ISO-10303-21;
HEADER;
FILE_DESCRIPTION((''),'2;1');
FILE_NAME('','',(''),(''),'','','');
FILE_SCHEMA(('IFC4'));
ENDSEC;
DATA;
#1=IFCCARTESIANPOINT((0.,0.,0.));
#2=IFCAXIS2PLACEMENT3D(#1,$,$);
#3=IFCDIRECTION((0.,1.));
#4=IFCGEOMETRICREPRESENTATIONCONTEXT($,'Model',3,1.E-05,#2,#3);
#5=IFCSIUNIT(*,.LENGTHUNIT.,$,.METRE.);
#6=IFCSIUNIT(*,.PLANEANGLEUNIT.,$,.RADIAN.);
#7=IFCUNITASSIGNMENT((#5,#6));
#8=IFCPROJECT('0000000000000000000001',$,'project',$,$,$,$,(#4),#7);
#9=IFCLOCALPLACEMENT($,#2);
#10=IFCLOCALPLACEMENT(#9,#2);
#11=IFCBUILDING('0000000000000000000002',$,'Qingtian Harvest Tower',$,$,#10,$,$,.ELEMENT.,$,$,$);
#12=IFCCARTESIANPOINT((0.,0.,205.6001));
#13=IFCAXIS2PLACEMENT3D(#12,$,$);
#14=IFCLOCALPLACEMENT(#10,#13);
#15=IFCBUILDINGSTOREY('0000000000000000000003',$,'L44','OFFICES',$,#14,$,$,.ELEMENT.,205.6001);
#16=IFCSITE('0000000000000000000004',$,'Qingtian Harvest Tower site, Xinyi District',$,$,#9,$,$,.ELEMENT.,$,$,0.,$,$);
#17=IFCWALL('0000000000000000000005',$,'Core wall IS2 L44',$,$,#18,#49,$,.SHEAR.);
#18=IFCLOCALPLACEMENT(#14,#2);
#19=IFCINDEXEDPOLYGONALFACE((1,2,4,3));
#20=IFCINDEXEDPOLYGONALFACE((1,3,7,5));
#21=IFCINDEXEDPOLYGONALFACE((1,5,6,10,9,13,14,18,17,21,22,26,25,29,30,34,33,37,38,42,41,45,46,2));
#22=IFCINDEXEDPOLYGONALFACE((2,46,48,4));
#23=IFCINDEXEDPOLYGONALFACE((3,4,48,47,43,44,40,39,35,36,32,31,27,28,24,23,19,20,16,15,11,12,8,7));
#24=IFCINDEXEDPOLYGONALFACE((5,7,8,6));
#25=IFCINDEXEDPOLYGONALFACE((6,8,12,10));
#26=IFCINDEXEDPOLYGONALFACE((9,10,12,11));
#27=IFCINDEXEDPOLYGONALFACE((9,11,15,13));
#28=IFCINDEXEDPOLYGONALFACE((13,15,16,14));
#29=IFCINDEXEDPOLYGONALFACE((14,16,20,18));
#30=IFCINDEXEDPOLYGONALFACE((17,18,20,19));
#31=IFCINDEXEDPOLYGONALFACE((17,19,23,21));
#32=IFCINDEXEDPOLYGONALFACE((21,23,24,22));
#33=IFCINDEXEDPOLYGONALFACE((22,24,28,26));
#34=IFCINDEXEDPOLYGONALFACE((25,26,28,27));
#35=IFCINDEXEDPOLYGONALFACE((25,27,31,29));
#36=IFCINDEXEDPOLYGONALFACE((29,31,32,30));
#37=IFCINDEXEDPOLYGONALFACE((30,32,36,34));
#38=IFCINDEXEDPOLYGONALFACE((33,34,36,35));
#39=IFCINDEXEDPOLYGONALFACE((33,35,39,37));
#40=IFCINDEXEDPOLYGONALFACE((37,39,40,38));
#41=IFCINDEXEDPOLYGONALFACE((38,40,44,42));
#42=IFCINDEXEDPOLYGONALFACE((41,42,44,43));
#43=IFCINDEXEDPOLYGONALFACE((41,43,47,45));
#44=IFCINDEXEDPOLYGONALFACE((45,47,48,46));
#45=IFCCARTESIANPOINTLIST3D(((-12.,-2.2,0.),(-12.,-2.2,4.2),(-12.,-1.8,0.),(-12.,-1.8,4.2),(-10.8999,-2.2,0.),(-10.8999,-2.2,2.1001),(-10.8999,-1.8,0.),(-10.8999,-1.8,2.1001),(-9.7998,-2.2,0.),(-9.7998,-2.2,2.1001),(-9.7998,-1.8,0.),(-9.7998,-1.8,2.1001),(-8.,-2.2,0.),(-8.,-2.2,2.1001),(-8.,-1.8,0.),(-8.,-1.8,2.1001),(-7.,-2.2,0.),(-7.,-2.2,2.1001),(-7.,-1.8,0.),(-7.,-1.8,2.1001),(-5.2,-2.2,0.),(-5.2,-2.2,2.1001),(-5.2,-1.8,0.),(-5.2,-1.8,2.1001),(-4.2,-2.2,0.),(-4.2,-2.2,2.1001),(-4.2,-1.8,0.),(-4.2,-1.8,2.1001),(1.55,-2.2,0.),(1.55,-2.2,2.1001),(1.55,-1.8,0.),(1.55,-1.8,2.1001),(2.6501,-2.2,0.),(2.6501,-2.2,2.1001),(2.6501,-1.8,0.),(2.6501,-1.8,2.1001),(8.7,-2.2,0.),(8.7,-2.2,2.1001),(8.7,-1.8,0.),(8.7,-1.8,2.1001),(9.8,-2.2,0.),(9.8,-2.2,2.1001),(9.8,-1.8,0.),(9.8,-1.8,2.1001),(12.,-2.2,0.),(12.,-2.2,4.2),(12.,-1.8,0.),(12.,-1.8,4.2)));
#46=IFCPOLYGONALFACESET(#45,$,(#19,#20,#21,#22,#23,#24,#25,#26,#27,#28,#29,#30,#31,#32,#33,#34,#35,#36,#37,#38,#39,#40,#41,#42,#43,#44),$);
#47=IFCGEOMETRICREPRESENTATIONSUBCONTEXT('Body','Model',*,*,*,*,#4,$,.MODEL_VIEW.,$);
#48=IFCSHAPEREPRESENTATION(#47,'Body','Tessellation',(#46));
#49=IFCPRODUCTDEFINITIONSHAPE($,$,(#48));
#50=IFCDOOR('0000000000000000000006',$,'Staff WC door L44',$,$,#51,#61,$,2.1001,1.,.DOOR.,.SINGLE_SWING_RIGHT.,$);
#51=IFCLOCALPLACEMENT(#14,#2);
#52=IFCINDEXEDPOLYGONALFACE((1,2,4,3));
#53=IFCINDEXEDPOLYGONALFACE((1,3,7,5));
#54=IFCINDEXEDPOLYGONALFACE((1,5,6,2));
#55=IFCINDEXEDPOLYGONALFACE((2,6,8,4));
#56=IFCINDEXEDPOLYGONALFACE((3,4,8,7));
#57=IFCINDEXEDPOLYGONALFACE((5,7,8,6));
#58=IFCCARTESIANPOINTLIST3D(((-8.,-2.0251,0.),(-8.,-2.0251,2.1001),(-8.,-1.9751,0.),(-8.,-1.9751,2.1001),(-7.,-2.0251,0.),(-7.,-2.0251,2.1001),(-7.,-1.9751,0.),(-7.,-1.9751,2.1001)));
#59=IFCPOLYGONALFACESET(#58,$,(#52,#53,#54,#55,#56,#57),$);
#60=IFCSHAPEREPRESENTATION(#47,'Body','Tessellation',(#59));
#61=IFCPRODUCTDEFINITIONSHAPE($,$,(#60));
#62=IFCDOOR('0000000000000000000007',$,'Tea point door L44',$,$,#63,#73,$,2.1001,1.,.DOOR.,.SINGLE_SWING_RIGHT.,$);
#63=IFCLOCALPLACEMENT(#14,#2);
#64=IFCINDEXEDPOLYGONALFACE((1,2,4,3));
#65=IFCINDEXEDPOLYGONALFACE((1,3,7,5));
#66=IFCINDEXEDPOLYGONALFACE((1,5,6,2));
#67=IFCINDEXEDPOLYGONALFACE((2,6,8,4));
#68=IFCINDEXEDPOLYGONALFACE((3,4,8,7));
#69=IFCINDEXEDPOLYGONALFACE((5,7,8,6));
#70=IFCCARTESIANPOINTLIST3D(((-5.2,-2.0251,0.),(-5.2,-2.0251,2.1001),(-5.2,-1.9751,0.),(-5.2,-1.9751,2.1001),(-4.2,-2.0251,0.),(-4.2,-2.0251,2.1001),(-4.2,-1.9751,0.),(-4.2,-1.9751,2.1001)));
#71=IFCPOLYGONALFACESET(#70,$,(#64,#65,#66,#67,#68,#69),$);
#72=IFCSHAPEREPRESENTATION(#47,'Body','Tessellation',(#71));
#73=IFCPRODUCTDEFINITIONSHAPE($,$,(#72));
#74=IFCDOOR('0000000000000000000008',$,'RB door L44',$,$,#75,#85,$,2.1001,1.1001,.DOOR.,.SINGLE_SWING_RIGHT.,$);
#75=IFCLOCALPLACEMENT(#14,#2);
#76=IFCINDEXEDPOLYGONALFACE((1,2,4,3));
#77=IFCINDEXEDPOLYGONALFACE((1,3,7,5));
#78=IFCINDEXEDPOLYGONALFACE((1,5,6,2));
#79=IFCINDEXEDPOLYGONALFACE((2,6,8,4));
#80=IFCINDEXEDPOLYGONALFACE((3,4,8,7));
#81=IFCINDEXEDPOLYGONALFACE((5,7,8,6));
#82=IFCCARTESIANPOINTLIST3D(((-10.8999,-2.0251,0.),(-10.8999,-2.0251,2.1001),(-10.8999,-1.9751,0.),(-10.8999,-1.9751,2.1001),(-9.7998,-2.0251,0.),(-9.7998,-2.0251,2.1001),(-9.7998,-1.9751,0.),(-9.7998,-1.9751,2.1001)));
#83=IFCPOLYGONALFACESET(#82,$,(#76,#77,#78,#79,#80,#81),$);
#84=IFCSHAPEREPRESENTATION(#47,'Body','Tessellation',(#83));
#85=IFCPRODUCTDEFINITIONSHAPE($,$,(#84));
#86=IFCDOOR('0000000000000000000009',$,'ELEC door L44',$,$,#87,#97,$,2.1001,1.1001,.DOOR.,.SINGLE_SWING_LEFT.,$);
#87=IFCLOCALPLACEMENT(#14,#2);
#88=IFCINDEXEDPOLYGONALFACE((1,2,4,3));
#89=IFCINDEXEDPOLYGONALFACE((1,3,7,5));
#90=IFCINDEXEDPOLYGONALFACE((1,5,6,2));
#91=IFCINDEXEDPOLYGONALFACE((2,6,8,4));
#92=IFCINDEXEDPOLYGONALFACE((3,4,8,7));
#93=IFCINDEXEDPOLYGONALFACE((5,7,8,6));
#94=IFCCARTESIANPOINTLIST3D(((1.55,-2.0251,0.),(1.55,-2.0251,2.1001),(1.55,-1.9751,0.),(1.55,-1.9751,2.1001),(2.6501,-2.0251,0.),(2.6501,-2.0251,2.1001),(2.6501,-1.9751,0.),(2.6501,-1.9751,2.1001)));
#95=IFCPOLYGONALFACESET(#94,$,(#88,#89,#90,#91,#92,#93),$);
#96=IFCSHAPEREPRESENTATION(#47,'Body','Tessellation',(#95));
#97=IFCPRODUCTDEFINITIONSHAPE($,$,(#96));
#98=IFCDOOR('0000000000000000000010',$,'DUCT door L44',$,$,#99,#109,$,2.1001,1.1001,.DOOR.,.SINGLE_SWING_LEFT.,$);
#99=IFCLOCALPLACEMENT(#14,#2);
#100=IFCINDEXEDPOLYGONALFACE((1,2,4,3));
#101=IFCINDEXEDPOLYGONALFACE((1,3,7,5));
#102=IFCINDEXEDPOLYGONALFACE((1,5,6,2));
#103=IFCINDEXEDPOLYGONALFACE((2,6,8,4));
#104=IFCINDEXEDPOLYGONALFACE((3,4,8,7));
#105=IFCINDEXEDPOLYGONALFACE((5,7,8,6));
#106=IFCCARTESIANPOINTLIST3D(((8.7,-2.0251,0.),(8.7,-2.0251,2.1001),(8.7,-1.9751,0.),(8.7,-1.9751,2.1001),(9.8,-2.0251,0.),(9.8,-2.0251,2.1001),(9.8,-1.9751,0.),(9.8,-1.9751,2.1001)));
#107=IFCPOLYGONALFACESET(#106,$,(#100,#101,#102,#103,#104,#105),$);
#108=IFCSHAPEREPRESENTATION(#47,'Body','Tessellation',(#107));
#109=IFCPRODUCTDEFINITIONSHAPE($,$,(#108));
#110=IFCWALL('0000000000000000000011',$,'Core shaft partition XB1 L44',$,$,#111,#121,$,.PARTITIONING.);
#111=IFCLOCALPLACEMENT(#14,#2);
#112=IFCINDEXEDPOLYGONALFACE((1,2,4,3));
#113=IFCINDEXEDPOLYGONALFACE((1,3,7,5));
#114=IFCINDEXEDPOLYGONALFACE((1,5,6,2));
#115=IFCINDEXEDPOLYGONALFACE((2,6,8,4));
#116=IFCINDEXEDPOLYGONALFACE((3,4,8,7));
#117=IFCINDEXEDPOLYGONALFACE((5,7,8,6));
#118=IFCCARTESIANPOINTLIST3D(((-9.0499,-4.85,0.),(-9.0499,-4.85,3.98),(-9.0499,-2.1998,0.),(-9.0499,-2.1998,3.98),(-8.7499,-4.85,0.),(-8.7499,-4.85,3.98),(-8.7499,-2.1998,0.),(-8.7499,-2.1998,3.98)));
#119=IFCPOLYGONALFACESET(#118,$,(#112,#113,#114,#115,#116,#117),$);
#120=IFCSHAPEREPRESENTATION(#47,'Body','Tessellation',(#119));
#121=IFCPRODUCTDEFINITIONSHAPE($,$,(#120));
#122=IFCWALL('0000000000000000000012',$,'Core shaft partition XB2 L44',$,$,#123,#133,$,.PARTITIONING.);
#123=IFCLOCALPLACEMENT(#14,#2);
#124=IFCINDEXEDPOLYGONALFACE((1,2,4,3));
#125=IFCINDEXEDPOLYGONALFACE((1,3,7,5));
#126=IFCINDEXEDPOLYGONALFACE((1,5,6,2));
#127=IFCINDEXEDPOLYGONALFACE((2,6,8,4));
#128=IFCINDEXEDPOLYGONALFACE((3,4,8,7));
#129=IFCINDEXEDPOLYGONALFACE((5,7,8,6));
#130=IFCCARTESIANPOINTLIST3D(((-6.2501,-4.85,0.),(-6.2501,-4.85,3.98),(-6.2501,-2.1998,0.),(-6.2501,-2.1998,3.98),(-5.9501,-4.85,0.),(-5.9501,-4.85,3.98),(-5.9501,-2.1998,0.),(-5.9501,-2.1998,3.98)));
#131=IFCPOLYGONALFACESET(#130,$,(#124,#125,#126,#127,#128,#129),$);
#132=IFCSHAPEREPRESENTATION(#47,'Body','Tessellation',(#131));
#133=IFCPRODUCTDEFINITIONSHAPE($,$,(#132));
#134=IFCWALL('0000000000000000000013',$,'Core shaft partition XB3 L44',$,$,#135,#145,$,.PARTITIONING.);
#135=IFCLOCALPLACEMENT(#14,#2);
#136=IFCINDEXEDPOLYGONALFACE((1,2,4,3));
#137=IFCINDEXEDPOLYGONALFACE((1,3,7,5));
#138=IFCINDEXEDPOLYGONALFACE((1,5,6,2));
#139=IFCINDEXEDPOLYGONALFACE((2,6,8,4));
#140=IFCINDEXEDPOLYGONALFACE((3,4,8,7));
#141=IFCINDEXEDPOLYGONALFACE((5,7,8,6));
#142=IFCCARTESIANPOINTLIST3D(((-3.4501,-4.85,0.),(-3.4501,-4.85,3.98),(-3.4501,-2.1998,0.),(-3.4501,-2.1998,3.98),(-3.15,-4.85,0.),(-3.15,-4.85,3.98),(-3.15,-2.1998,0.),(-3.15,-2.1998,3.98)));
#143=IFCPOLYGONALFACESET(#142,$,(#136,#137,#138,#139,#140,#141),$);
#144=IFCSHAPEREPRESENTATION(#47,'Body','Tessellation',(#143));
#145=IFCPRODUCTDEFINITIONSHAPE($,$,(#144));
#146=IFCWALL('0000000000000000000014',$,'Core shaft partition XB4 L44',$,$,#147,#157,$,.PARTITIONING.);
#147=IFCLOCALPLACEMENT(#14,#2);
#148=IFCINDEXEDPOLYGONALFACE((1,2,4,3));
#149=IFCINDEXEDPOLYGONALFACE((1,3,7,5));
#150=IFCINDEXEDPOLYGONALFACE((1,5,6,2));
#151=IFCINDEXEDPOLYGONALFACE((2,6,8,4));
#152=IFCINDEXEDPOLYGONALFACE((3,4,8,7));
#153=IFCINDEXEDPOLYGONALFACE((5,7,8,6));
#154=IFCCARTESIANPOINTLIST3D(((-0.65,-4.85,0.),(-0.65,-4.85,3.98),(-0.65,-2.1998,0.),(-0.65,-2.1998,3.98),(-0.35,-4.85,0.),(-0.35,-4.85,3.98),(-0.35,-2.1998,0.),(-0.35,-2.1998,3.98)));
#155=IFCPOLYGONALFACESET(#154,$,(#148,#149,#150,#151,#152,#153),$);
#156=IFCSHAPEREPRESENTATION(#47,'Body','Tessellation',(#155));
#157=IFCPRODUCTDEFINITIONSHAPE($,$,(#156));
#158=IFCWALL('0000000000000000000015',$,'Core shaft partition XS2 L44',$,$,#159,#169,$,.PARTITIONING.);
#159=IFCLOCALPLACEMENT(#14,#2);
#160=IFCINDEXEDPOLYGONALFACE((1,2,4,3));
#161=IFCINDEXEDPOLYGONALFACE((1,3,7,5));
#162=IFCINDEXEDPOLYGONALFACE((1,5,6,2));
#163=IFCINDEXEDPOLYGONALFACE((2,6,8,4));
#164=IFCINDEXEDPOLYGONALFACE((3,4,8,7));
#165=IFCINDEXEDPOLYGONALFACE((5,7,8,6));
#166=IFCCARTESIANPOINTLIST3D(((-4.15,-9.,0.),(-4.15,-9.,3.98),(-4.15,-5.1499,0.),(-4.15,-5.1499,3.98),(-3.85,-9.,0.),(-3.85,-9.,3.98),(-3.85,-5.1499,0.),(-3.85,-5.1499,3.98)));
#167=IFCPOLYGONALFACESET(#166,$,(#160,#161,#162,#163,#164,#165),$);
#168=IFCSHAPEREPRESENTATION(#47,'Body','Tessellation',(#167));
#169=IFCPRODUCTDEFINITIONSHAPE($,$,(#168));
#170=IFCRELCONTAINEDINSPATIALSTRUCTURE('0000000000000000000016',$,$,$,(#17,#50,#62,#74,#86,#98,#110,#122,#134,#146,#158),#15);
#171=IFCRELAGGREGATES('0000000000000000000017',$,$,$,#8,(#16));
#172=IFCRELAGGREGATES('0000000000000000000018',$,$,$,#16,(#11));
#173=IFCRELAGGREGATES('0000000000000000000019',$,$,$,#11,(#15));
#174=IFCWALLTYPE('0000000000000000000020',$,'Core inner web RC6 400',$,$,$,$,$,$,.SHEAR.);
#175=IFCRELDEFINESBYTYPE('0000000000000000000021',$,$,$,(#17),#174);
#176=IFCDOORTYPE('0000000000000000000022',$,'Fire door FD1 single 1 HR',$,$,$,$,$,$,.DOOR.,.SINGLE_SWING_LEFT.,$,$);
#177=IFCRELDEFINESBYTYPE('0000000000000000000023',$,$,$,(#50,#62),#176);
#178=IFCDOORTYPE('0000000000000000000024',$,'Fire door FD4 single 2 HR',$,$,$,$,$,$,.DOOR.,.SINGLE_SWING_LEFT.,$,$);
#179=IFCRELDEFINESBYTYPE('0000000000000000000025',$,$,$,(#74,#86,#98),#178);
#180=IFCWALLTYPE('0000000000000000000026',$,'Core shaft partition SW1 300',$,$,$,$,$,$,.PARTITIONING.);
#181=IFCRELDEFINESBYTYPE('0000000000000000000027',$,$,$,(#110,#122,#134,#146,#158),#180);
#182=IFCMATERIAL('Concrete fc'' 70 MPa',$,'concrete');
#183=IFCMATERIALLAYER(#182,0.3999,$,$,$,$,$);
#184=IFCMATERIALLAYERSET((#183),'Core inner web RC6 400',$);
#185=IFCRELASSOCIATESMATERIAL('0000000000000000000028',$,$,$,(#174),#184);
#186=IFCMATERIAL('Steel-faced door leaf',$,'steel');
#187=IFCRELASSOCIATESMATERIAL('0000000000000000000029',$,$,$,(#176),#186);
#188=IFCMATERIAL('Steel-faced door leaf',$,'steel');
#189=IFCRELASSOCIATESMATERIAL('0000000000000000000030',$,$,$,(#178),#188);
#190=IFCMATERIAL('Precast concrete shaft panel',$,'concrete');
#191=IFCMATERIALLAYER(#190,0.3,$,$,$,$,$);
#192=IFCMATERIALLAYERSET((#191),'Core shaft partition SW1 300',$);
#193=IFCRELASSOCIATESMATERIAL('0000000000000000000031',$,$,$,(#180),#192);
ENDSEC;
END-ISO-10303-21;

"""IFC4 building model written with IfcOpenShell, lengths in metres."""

from ifc_helpers import new_model, si_unit, direction, frame, frame_2d, origin, place, context, subcontext, project, spatial, rectangle, extrude, material, layer, layer_set, type_object, element, fill, save


model = new_model("IFC4")

# Units and contexts
model_context = context("Model", 3, precision=1e-05, world=origin(), true_north=direction((0.0, 1.0)))
body_context = subcontext(model_context, "Body", "Model", "MODEL_VIEW")
ifc_project = project(units=[si_unit("LENGTHUNIT", "METRE"), si_unit("PLANEANGLEUNIT", "RADIAN")], contexts=[model_context])

# Site, building, storey
site_placement = place(None, origin())
site = spatial("IfcSite", under=ifc_project, at=site_placement, Name="Qingtian Harvest Tower site, Xinyi District", CompositionType="ELEMENT", RefElevation=0.0)
building_placement = place(site_placement, origin())
building = spatial("IfcBuilding", under=site, at=building_placement, Name="Qingtian Harvest Tower", CompositionType="ELEMENT")
storey_placement = place(building_placement, frame((0.0, 0.0, 205.6001)))
storey = spatial("IfcBuildingStorey", under=building, at=storey_placement, Name="L44", Description="OFFICES", CompositionType="ELEMENT", Elevation=205.6001)

# Wall, openings, doors
ifc_material_1 = material(Name="Concrete fc' 70 MPa", Category="concrete")
ifc_layer_1 = layer(ifc_material_1, 0.3999)
ifc_layer_set_1 = layer_set([ifc_layer_1], Name="Core inner web RC6 400")
wall_type_1 = type_object("IfcWallType", Name="Core inner web RC6 400", PredefinedType="SHEAR", material=ifc_layer_set_1)
wall_1_placement = place(storey_placement, frame((-12.0, -2.0, 0.0), z_axis=(0.0, 0.0, 1.0), x_axis=(1.0, 0.0, 0.0)))
wall_1 = element("IfcWall", 1, at=wall_1_placement, inside=storey, type_object=wall_type_1, Name="Core wall IS2 L44", PredefinedType="SHEAR", context=body_context, shape_type="SweptSolid", body=[
    extrude(rectangle(XDim=24.0, YDim=0.3999, at=frame_2d((12.0, 0.0))), origin(), (0.0, 0.0, 1.0), 4.2),
])
opening_1_placement = place(wall_1_placement, frame((1.1001, 0.0, 0.0)))
opening_1 = element("IfcOpeningElement", 2, at=opening_1_placement, cuts=wall_1, PredefinedType="OPENING", context=body_context, shape_type="SweptSolid", body=[
    extrude(rectangle(XDim=1.1001, YDim=2.1001, at=frame_2d((0.55, 1.05))), frame((0.0, 0.21, 0.0), z_axis=(0.0, -1.0, 0.0), x_axis=(1.0, 0.0, 0.0)), (0.0, 0.0, 1.0), 0.4199),
])
opening_2_placement = place(wall_1_placement, frame((13.55, 0.0, 0.0)))
opening_2 = element("IfcOpeningElement", 3, at=opening_2_placement, cuts=wall_1, PredefinedType="OPENING", context=body_context, shape_type="SweptSolid", body=[
    extrude(rectangle(XDim=1.1001, YDim=2.1001, at=frame_2d((0.55, 1.05))), frame((0.0, 0.21, 0.0), z_axis=(0.0, -1.0, 0.0), x_axis=(1.0, 0.0, 0.0)), (0.0, 0.0, 1.0), 0.4199),
])
opening_3_placement = place(wall_1_placement, frame((20.7, 0.0, 0.0)))
opening_3 = element("IfcOpeningElement", 4, at=opening_3_placement, cuts=wall_1, PredefinedType="OPENING", context=body_context, shape_type="SweptSolid", body=[
    extrude(rectangle(XDim=1.1001, YDim=2.1001, at=frame_2d((0.55, 1.05))), frame((0.0, 0.21, 0.0), z_axis=(0.0, -1.0, 0.0), x_axis=(1.0, 0.0, 0.0)), (0.0, 0.0, 1.0), 0.4199),
])
opening_4_placement = place(wall_1_placement, frame((4.0, 0.0, 0.0)))
opening_4 = element("IfcOpeningElement", 5, at=opening_4_placement, cuts=wall_1, PredefinedType="OPENING", context=body_context, shape_type="SweptSolid", body=[
    extrude(rectangle(XDim=1.0, YDim=2.1001, at=frame_2d((0.5, 1.05))), frame((0.0, 0.21, 0.0), z_axis=(0.0, -1.0, 0.0), x_axis=(1.0, 0.0, 0.0)), (0.0, 0.0, 1.0), 0.4199),
])
opening_5_placement = place(wall_1_placement, frame((6.8, 0.0, 0.0)))
opening_5 = element("IfcOpeningElement", 6, at=opening_5_placement, cuts=wall_1, PredefinedType="OPENING", context=body_context, shape_type="SweptSolid", body=[
    extrude(rectangle(XDim=1.0, YDim=2.1001, at=frame_2d((0.5, 1.05))), frame((0.0, 0.21, 0.0), z_axis=(0.0, -1.0, 0.0), x_axis=(1.0, 0.0, 0.0)), (0.0, 0.0, 1.0), 0.4199),
])
ifc_material_2 = material(Name="Steel-faced door leaf", Category="steel")
door_type_1 = type_object("IfcDoorType", Name="Fire door FD1 single 1 HR", OperationType="SINGLE_SWING_LEFT", PredefinedType="DOOR", material=ifc_material_2)
door_1_placement = place(opening_4_placement, origin())
door_1 = element("IfcDoor", 7, at=door_1_placement, inside=storey, type_object=door_type_1, Name="Staff WC door L44", OperationType="SINGLE_SWING_RIGHT", OverallHeight=2.1001, OverallWidth=1.0, PredefinedType="DOOR", context=body_context, shape_type="SweptSolid", body=[
    extrude(rectangle(XDim=1.0, YDim=2.1001, at=frame_2d((0.5, 1.05))), frame((0.0, 0.0249, 0.0), z_axis=(0.0, -1.0, 0.0), x_axis=(1.0, 0.0, 0.0)), (0.0, 0.0, 1.0), 0.05),
])
fill(opening_4, door_1)
door_2_placement = place(opening_5_placement, origin())
door_2 = element("IfcDoor", 8, at=door_2_placement, inside=storey, type_object=door_type_1, Name="Tea point door L44", OperationType="SINGLE_SWING_RIGHT", OverallHeight=2.1001, OverallWidth=1.0, PredefinedType="DOOR", context=body_context, shape_type="SweptSolid", body=[
    extrude(rectangle(XDim=1.0, YDim=2.1001, at=frame_2d((0.5, 1.05))), frame((0.0, 0.0249, 0.0), z_axis=(0.0, -1.0, 0.0), x_axis=(1.0, 0.0, 0.0)), (0.0, 0.0, 1.0), 0.05),
])
fill(opening_5, door_2)
ifc_material_3 = material(Name="Steel-faced door leaf", Category="steel")
door_type_2 = type_object("IfcDoorType", Name="Fire door FD4 single 2 HR", OperationType="SINGLE_SWING_LEFT", PredefinedType="DOOR", material=ifc_material_3)
door_3_placement = place(opening_1_placement, origin())
door_3 = element("IfcDoor", 9, at=door_3_placement, inside=storey, type_object=door_type_2, Name="RB door L44", OperationType="SINGLE_SWING_RIGHT", OverallHeight=2.1001, OverallWidth=1.1001, PredefinedType="DOOR", context=body_context, shape_type="SweptSolid", body=[
    extrude(rectangle(XDim=1.1001, YDim=2.1001, at=frame_2d((0.55, 1.05))), frame((0.0, 0.0249, 0.0), z_axis=(0.0, -1.0, 0.0), x_axis=(1.0, 0.0, 0.0)), (0.0, 0.0, 1.0), 0.05),
])
fill(opening_1, door_3)
door_4_placement = place(opening_2_placement, origin())
door_4 = element("IfcDoor", 10, at=door_4_placement, inside=storey, type_object=door_type_2, Name="ELEC door L44", OperationType="SINGLE_SWING_LEFT", OverallHeight=2.1001, OverallWidth=1.1001, PredefinedType="DOOR", context=body_context, shape_type="SweptSolid", body=[
    extrude(rectangle(XDim=1.1001, YDim=2.1001, at=frame_2d((0.55, 1.05))), frame((0.0, 0.0249, 0.0), z_axis=(0.0, -1.0, 0.0), x_axis=(1.0, 0.0, 0.0)), (0.0, 0.0, 1.0), 0.05),
])
fill(opening_2, door_4)
door_5_placement = place(opening_3_placement, origin())
door_5 = element("IfcDoor", 11, at=door_5_placement, inside=storey, type_object=door_type_2, Name="DUCT door L44", OperationType="SINGLE_SWING_LEFT", OverallHeight=2.1001, OverallWidth=1.1001, PredefinedType="DOOR", context=body_context, shape_type="SweptSolid", body=[
    extrude(rectangle(XDim=1.1001, YDim=2.1001, at=frame_2d((0.55, 1.05))), frame((0.0, 0.0249, 0.0), z_axis=(0.0, -1.0, 0.0), x_axis=(1.0, 0.0, 0.0)), (0.0, 0.0, 1.0), 0.05),
])
fill(opening_3, door_5)

# Walls
ifc_material_4 = material(Name="Precast concrete shaft panel", Category="concrete")
ifc_layer_2 = layer(ifc_material_4, 0.3)
ifc_layer_set_2 = layer_set([ifc_layer_2], Name="Core shaft partition SW1 300")
wall_type_2 = type_object("IfcWallType", Name="Core shaft partition SW1 300", PredefinedType="PARTITIONING", material=ifc_layer_set_2)
for number, where, z_axis, x_axis, name in (
    (12, (-8.8999, -4.8501, 0.0), (0.0, 0.0, 1.0), (0.0, 1.0, 0.0), "Core shaft partition XB1 L44"),
    (13, (-6.1001, -4.8501, 0.0), (0.0, 0.0, 1.0), (0.0, 1.0, 0.0), "Core shaft partition XB2 L44"),
    (14, (-3.3, -4.8501, 0.0), (0.0, 0.0, 1.0), (0.0, 1.0, 0.0), "Core shaft partition XB3 L44"),
    (15, (-0.5, -4.8501, 0.0), (0.0, 0.0, 1.0), (0.0, 1.0, 0.0), "Core shaft partition XB4 L44"),
):
    element("IfcWall", number, at=place(storey_placement, frame(where, z_axis=z_axis, x_axis=x_axis)), inside=storey, type_object=wall_type_2, Name=name, PredefinedType="PARTITIONING", context=body_context, shape_type="SweptSolid", body=[
        extrude(rectangle(XDim=2.6501, YDim=0.3, at=frame_2d((1.3252, 0.0))), origin(), (0.0, 0.0, 1.0), 3.98),
    ])
wall_2_placement = place(storey_placement, frame((-4.0, -9.0, 0.0), z_axis=(0.0, 0.0, 1.0), x_axis=(0.0, 1.0, 0.0)))
element("IfcWall", 16, at=wall_2_placement, inside=storey, type_object=wall_type_2, Name="Core shaft partition XS2 L44", PredefinedType="PARTITIONING", context=body_context, shape_type="SweptSolid", body=[
    extrude(rectangle(XDim=3.8501, YDim=0.3, at=frame_2d((1.925, 0.0))), origin(), (0.0, 0.0, 1.0), 3.98),
])

save(model, "model.ifc")
